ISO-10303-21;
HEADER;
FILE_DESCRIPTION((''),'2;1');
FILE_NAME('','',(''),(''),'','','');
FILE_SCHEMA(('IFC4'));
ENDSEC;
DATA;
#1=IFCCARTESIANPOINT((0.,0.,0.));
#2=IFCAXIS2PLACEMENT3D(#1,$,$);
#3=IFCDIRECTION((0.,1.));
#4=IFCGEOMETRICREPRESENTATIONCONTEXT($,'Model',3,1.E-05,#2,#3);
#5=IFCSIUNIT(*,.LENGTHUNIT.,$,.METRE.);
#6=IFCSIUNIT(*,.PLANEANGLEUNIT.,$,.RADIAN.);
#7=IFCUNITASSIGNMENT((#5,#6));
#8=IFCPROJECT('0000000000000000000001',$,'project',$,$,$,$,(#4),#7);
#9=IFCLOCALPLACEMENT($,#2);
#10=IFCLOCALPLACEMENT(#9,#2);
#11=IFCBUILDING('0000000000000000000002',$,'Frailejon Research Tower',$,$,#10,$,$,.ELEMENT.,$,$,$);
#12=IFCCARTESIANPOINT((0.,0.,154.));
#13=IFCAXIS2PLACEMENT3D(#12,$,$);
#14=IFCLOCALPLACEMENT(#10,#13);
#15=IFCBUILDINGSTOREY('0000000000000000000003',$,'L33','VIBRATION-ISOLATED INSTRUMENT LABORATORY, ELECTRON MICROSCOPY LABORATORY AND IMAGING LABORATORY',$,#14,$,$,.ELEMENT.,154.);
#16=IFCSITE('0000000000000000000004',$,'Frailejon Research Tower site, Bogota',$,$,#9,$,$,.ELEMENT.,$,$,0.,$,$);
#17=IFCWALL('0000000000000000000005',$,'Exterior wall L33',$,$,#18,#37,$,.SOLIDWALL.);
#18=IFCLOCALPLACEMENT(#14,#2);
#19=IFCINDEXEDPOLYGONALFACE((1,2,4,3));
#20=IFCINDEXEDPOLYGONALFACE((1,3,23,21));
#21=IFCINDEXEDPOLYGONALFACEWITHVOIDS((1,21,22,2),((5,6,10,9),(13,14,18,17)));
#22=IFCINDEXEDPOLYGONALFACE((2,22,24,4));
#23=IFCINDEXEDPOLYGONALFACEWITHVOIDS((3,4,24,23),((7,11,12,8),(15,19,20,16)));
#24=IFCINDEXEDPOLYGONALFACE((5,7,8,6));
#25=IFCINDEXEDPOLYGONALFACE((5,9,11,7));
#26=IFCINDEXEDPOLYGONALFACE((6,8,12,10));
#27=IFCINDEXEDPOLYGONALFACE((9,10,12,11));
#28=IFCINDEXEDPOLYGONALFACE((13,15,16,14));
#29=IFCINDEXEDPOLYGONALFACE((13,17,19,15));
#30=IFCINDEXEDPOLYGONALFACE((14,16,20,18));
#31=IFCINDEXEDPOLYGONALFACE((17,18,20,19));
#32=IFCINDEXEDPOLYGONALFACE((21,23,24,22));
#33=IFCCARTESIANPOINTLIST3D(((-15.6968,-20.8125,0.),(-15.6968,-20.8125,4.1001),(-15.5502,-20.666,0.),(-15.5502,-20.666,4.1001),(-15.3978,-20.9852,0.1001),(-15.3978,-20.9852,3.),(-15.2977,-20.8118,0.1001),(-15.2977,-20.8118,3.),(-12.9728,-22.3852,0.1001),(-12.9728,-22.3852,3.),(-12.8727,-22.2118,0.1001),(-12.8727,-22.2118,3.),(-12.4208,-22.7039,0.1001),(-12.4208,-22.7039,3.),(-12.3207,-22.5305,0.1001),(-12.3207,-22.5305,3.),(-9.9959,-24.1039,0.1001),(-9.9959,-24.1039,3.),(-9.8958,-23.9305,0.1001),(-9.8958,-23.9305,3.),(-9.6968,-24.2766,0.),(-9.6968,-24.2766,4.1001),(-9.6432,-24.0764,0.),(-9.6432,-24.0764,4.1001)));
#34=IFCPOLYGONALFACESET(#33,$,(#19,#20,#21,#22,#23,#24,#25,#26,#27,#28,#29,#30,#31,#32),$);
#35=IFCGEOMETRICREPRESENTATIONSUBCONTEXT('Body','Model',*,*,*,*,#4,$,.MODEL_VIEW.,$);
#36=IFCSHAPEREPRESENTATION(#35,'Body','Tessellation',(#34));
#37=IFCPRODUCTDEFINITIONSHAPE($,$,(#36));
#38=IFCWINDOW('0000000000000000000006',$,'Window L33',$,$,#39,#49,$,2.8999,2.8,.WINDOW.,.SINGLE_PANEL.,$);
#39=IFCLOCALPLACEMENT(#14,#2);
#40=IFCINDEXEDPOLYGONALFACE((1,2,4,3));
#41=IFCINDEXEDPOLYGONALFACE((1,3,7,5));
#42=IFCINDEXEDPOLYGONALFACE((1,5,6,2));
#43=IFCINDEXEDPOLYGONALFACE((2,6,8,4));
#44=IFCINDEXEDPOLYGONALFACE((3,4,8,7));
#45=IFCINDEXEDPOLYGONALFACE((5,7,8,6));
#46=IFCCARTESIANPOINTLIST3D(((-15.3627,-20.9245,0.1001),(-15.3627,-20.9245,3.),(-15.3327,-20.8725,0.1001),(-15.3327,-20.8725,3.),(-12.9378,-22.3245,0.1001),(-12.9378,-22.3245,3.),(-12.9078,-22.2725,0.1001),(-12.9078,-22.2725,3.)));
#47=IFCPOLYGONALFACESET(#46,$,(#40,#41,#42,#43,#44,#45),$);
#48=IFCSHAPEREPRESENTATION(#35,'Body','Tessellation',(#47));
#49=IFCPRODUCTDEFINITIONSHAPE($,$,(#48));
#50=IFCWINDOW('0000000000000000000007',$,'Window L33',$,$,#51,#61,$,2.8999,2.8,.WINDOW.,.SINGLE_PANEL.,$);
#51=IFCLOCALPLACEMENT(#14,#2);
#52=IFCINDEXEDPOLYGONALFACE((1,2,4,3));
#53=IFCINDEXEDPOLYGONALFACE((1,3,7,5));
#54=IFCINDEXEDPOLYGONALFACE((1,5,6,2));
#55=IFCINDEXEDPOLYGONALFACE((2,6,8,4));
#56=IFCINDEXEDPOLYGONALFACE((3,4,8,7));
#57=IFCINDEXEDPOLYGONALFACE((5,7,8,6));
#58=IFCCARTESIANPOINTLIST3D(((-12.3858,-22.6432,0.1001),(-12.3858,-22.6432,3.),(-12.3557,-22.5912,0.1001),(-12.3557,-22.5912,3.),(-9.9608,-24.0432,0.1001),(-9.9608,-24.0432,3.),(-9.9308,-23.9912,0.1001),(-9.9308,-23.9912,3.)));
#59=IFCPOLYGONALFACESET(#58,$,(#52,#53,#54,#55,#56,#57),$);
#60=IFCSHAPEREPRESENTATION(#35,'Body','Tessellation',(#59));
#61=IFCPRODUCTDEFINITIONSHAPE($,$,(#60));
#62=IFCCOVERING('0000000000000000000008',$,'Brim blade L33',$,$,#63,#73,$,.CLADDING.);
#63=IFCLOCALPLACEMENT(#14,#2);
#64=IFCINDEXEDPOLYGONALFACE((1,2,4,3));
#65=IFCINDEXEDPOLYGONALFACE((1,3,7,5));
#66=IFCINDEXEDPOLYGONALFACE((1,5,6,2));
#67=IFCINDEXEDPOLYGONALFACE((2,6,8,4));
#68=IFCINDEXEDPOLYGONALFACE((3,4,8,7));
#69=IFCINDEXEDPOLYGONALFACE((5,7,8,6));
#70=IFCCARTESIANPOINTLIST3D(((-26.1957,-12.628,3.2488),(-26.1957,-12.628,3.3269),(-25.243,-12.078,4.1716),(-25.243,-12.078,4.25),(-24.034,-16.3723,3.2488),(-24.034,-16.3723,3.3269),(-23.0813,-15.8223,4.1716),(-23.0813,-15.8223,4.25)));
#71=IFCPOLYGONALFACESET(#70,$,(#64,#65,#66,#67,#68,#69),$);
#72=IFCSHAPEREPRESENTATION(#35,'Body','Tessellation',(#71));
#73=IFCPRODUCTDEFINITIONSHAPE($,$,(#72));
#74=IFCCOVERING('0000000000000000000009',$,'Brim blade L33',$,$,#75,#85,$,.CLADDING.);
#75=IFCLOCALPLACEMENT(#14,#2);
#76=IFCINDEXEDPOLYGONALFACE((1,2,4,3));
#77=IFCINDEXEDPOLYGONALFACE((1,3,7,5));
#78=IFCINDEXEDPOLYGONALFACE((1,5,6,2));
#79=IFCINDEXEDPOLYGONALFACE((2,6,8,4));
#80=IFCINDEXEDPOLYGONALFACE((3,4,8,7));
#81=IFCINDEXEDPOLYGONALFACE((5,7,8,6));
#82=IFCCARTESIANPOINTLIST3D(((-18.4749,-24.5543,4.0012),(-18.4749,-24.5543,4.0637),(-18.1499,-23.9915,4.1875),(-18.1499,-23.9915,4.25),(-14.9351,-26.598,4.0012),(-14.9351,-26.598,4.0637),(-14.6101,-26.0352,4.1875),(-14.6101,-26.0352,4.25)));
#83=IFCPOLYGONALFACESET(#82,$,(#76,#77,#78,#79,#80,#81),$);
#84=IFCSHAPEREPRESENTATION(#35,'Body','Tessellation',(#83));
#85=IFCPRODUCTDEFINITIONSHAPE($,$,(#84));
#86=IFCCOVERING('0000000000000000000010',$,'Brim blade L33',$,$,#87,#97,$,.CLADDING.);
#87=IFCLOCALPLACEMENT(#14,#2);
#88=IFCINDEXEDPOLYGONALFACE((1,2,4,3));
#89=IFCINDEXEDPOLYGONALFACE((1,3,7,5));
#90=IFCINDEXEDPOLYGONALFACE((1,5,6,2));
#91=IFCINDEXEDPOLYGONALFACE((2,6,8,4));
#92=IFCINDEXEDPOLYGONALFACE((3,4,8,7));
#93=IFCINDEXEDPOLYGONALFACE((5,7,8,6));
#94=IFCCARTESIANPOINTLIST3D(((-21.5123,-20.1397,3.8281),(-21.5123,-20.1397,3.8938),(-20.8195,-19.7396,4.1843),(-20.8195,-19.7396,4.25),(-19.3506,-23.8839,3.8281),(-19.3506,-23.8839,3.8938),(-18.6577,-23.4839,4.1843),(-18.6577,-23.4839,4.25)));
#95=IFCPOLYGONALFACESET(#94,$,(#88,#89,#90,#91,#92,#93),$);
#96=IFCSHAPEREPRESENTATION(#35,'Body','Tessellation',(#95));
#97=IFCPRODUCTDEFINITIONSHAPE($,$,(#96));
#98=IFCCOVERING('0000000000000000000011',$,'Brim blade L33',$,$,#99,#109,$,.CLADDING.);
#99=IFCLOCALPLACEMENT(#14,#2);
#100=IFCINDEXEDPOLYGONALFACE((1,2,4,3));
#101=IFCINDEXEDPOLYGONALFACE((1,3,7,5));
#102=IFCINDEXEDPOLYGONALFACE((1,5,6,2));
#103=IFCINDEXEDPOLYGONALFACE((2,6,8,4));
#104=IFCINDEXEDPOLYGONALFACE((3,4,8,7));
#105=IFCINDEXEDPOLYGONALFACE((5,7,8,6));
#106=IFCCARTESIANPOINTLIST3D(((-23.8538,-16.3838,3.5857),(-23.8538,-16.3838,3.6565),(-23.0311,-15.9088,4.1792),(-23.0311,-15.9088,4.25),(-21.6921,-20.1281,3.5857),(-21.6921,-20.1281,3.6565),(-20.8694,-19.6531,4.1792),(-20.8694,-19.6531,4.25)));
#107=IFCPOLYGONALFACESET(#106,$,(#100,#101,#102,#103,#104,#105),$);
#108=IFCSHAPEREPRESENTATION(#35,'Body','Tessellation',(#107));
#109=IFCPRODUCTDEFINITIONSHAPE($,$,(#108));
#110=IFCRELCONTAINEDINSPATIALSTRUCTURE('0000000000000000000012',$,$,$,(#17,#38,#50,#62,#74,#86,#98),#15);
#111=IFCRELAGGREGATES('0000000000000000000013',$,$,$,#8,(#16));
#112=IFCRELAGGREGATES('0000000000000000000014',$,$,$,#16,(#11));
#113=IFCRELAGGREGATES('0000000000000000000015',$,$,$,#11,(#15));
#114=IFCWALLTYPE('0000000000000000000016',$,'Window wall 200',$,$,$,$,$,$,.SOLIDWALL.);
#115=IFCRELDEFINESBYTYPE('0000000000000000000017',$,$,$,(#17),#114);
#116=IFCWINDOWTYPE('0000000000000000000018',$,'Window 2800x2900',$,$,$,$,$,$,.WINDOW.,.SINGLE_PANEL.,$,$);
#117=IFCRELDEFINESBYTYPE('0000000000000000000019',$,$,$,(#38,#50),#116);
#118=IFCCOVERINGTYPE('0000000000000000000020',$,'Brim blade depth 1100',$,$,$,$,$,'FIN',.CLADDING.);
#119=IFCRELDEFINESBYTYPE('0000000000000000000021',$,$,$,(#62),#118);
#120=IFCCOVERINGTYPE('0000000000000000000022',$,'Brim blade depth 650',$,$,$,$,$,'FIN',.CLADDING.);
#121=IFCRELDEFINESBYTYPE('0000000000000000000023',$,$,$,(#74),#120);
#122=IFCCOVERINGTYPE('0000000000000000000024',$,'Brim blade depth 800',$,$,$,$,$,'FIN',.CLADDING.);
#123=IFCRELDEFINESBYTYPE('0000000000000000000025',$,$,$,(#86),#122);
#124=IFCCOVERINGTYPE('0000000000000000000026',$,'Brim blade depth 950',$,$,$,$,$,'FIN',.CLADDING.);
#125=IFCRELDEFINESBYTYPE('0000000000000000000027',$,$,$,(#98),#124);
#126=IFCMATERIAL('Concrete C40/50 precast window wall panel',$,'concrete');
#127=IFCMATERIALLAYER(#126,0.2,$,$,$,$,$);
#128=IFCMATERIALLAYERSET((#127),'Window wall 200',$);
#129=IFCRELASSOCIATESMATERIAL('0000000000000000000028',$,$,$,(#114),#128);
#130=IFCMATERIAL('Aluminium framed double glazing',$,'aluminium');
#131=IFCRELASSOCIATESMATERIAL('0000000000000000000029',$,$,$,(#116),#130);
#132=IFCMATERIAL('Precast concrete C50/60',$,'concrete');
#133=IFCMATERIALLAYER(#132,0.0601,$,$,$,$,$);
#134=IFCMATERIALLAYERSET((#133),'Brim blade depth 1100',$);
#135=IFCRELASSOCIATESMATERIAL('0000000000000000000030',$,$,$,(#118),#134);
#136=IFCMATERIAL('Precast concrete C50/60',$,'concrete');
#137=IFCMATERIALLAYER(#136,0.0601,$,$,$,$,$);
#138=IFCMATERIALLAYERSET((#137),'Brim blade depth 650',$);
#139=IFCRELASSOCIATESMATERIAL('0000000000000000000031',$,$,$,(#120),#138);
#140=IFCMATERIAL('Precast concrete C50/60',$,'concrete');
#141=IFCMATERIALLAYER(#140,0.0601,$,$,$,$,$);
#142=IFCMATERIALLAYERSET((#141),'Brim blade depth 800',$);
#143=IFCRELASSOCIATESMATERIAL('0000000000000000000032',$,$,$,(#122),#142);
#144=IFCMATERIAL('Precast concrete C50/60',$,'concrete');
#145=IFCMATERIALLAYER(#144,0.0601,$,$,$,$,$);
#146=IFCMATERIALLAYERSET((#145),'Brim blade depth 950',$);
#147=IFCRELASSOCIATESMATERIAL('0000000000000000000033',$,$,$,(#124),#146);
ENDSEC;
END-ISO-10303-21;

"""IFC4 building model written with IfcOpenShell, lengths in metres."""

from ifc_helpers import new_model, si_unit, direction, frame, frame_2d, origin, place, context, subcontext, project, spatial, polyline, rectangle, outline, extrude, material, layer, layer_set, type_object, element, fill, save


model = new_model("IFC4")

# Units and contexts
model_context = context("Model", 3, precision=1e-05, world=origin(), true_north=direction((0.0, 1.0)))
body_context = subcontext(model_context, "Body", "Model", "MODEL_VIEW")
ifc_project = project(units=[si_unit("LENGTHUNIT", "METRE"), si_unit("PLANEANGLEUNIT", "RADIAN")], contexts=[model_context])

# Site, building, storey
site_placement = place(None, origin())
site = spatial("IfcSite", under=ifc_project, at=site_placement, Name="Frailejon Research Tower site, Bogota", CompositionType="ELEMENT", RefElevation=0.0)
building_placement = place(site_placement, origin())
building = spatial("IfcBuilding", under=site, at=building_placement, Name="Frailejon Research Tower", CompositionType="ELEMENT")
storey_placement = place(building_placement, frame((0.0, 0.0, 154.0)))
storey = spatial("IfcBuildingStorey", under=building, at=storey_placement, Name="L33", Description="VIBRATION-ISOLATED INSTRUMENT LABORATORY, ELECTRON MICROSCOPY LABORATORY AND IMAGING LABORATORY", CompositionType="ELEMENT", Elevation=154.0)

# Wall, openings, windows
ifc_material_1 = material(Name="Concrete C40/50 precast window wall panel", Category="concrete")
ifc_layer_1 = layer(ifc_material_1, 0.2)
ifc_layer_set_1 = layer_set([ifc_layer_1], Name="Window wall 200")
wall_type_1 = type_object("IfcWallType", Name="Window wall 200", PredefinedType="SOLIDWALL", material=ifc_layer_set_1)
wall_1_placement = place(storey_placement, frame((-15.6235, -20.7393, 0.0), z_axis=(0.0, 0.0, 1.0), x_axis=(0.866029, -0.499993, 0.0)))
wall_1 = element("IfcWall", 1, at=wall_1_placement, inside=storey, type_object=wall_type_1, Name="Exterior wall L33", PredefinedType="SOLIDWALL", context=body_context, shape_type="SweptSolid", body=[
    extrude(outline(polyline([(-0.0269, -0.1001), (1.1279, -0.1001), (2.2825, -0.1001), (3.4373, -0.1001), (4.592, -0.1001), (5.7466, -0.1001), (6.9014, -0.1001), (6.8477, 0.1001), (5.7109, 0.1001), (4.574, 0.1001), (3.4373, 0.1001), (2.3005, 0.1001), (1.1636, 0.1001), (0.0269, 0.1001), (-0.0269, -0.1001)])), origin(), (0.0, 0.0, 1.0), 4.1001),
])
opening_1_placement = place(wall_1_placement, frame((0.3186, 0.0, 0.1001)))
opening_1 = element("IfcOpeningElement", 2, at=opening_1_placement, cuts=wall_1, PredefinedType="OPENING", context=body_context, shape_type="SweptSolid", body=[
    extrude(rectangle(XDim=2.8, YDim=2.8999, at=frame_2d((1.3999, 1.45))), frame((0.0, 0.1099, 0.0), z_axis=(0.0, -1.0, 0.0), x_axis=(1.0, 0.0, 0.0)), (0.0, 0.0, 1.0), 0.22),
])
opening_2_placement = place(wall_1_placement, frame((3.7561, 0.0, 0.1001)))
opening_2 = element("IfcOpeningElement", 3, at=opening_2_placement, cuts=wall_1, PredefinedType="OPENING", context=body_context, shape_type="SweptSolid", body=[
    extrude(rectangle(XDim=2.8, YDim=2.8999, at=frame_2d((1.3999, 1.45))), frame((0.0, 0.1099, 0.0), z_axis=(0.0, -1.0, 0.0), x_axis=(1.0, 0.0, 0.0)), (0.0, 0.0, 1.0), 0.22),
])
ifc_material_2 = material(Name="Aluminium framed double glazing", Category="aluminium")
window_type = type_object("IfcWindowType", Name="Window 2800x2900", PartitioningType="SINGLE_PANEL", PredefinedType="WINDOW", material=ifc_material_2)
window_1_placement = place(opening_1_placement, origin())
window_1 = element("IfcWindow", 4, at=window_1_placement, inside=storey, type_object=window_type, Name="Window L33", OverallHeight=2.8999, OverallWidth=2.8, PartitioningType="SINGLE_PANEL", PredefinedType="WINDOW", context=body_context, shape_type="SweptSolid", body=[
    extrude(rectangle(XDim=2.8, YDim=2.8999, at=frame_2d((1.3999, 1.45))), frame((0.0, 0.03, 0.0), z_axis=(0.0, -1.0, 0.0), x_axis=(1.0, 0.0, 0.0)), (0.0, 0.0, 1.0), 0.0601),
])
fill(opening_1, window_1)
window_2_placement = place(opening_2_placement, origin())
window_2 = element("IfcWindow", 5, at=window_2_placement, inside=storey, type_object=window_type, Name="Window L33", OverallHeight=2.8999, OverallWidth=2.8, PartitioningType="SINGLE_PANEL", PredefinedType="WINDOW", context=body_context, shape_type="SweptSolid", body=[
    extrude(rectangle(XDim=2.8, YDim=2.8999, at=frame_2d((1.3999, 1.45))), frame((0.0, 0.03, 0.0), z_axis=(0.0, -1.0, 0.0), x_axis=(1.0, 0.0, 0.0)), (0.0, 0.0, 1.0), 0.0601),
])
fill(opening_2, window_2)

# Coverings
ifc_material_3 = material(Name="Precast concrete C50/60", Category="concrete")
ifc_layer_2 = layer(ifc_material_3, 0.0601)
ifc_layer_set_2 = layer_set([ifc_layer_2], Name="Brim blade depth 1100")
covering_type_1 = type_object("IfcCoveringType", Name="Brim blade depth 1100", ElementType="FIN", PredefinedType="CLADDING", material=ifc_layer_set_2)
covering_1_placement = place(storey_placement, frame((-23.0813, -15.8223, 4.25), z_axis=(-0.499995, 0.866028, 0.0), x_axis=(-0.866028, -0.499995, 0.0)))
element("IfcCovering", 6, at=covering_1_placement, inside=storey, type_object=covering_type_1, Name="Brim blade L33", PredefinedType="CLADDING", context=body_context, shape_type="SweptSolid", body=[
    extrude(outline(polyline([(0.0, -0.0784), (1.1001, -1.0012), (1.1001, -0.9231), (0.0, 0.0), (0.0, -0.0784)])), origin(), (0.0, 0.0, 1.0), 4.3235),
])
ifc_material_4 = material(Name="Precast concrete C50/60", Category="concrete")
ifc_layer_3 = layer(ifc_material_4, 0.0601)
ifc_layer_set_3 = layer_set([ifc_layer_3], Name="Brim blade depth 650")
covering_type_2 = type_object("IfcCoveringType", Name="Brim blade depth 650", ElementType="FIN", PredefinedType="CLADDING", material=ifc_layer_set_3)
covering_2_placement = place(storey_placement, frame((-14.6101, -26.0352, 4.25), z_axis=(-0.866032, 0.499989, 0.0), x_axis=(-0.499989, -0.866032, 0.0)))
element("IfcCovering", 7, at=covering_2_placement, inside=storey, type_object=covering_type_2, Name="Brim blade L33", PredefinedType="CLADDING", context=body_context, shape_type="SweptSolid", body=[
    extrude(outline(polyline([(0.0, -0.0625), (0.6499, -0.2488), (0.6499, -0.1863), (0.0, 0.0), (0.0, -0.0625)])), origin(), (0.0, 0.0, 1.0), 4.0874),
])
ifc_material_5 = material(Name="Precast concrete C50/60", Category="concrete")
ifc_layer_4 = layer(ifc_material_5, 0.0601)
ifc_layer_set_4 = layer_set([ifc_layer_4], Name="Brim blade depth 800")
covering_type_3 = type_object("IfcCoveringType", Name="Brim blade depth 800", ElementType="FIN", PredefinedType="CLADDING", material=ifc_layer_set_4)
covering_3_placement = place(storey_placement, frame((-18.6577, -23.4839, 4.25), z_axis=(-0.500005, 0.866023, 0.0), x_axis=(-0.866023, -0.500005, 0.0)))
element("IfcCovering", 8, at=covering_3_placement, inside=storey, type_object=covering_type_3, Name="Brim blade L33", PredefinedType="CLADDING", context=body_context, shape_type="SweptSolid", body=[
    extrude(outline(polyline([(0.0, -0.0657), (0.8, -0.4219), (0.8, -0.3562), (0.0, 0.0), (0.0, -0.0657)])), origin(), (0.0, 0.0, 1.0), 4.3235),
])
ifc_material_6 = material(Name="Precast concrete C50/60", Category="concrete")
ifc_layer_5 = layer(ifc_material_6, 0.0601)
ifc_layer_set_5 = layer_set([ifc_layer_5], Name="Brim blade depth 950")
covering_type_4 = type_object("IfcCoveringType", Name="Brim blade depth 950", ElementType="FIN", PredefinedType="CLADDING", material=ifc_layer_set_5)
covering_4_placement = place(storey_placement, frame((-20.8694, -19.6531, 4.25), z_axis=(-0.500005, 0.866023, 0.0), x_axis=(-0.866023, -0.500005, 0.0)))
element("IfcCovering", 9, at=covering_4_placement, inside=storey, type_object=covering_type_4, Name="Brim blade L33", PredefinedType="CLADDING", context=body_context, shape_type="SweptSolid", body=[
    extrude(outline(polyline([(0.0, -0.0708), (0.95, -0.6643), (0.95, -0.5935), (0.0, 0.0), (0.0, -0.0708)])), origin(), (0.0, 0.0, 1.0), 4.3235),
])

save(model, "model.ifc")
